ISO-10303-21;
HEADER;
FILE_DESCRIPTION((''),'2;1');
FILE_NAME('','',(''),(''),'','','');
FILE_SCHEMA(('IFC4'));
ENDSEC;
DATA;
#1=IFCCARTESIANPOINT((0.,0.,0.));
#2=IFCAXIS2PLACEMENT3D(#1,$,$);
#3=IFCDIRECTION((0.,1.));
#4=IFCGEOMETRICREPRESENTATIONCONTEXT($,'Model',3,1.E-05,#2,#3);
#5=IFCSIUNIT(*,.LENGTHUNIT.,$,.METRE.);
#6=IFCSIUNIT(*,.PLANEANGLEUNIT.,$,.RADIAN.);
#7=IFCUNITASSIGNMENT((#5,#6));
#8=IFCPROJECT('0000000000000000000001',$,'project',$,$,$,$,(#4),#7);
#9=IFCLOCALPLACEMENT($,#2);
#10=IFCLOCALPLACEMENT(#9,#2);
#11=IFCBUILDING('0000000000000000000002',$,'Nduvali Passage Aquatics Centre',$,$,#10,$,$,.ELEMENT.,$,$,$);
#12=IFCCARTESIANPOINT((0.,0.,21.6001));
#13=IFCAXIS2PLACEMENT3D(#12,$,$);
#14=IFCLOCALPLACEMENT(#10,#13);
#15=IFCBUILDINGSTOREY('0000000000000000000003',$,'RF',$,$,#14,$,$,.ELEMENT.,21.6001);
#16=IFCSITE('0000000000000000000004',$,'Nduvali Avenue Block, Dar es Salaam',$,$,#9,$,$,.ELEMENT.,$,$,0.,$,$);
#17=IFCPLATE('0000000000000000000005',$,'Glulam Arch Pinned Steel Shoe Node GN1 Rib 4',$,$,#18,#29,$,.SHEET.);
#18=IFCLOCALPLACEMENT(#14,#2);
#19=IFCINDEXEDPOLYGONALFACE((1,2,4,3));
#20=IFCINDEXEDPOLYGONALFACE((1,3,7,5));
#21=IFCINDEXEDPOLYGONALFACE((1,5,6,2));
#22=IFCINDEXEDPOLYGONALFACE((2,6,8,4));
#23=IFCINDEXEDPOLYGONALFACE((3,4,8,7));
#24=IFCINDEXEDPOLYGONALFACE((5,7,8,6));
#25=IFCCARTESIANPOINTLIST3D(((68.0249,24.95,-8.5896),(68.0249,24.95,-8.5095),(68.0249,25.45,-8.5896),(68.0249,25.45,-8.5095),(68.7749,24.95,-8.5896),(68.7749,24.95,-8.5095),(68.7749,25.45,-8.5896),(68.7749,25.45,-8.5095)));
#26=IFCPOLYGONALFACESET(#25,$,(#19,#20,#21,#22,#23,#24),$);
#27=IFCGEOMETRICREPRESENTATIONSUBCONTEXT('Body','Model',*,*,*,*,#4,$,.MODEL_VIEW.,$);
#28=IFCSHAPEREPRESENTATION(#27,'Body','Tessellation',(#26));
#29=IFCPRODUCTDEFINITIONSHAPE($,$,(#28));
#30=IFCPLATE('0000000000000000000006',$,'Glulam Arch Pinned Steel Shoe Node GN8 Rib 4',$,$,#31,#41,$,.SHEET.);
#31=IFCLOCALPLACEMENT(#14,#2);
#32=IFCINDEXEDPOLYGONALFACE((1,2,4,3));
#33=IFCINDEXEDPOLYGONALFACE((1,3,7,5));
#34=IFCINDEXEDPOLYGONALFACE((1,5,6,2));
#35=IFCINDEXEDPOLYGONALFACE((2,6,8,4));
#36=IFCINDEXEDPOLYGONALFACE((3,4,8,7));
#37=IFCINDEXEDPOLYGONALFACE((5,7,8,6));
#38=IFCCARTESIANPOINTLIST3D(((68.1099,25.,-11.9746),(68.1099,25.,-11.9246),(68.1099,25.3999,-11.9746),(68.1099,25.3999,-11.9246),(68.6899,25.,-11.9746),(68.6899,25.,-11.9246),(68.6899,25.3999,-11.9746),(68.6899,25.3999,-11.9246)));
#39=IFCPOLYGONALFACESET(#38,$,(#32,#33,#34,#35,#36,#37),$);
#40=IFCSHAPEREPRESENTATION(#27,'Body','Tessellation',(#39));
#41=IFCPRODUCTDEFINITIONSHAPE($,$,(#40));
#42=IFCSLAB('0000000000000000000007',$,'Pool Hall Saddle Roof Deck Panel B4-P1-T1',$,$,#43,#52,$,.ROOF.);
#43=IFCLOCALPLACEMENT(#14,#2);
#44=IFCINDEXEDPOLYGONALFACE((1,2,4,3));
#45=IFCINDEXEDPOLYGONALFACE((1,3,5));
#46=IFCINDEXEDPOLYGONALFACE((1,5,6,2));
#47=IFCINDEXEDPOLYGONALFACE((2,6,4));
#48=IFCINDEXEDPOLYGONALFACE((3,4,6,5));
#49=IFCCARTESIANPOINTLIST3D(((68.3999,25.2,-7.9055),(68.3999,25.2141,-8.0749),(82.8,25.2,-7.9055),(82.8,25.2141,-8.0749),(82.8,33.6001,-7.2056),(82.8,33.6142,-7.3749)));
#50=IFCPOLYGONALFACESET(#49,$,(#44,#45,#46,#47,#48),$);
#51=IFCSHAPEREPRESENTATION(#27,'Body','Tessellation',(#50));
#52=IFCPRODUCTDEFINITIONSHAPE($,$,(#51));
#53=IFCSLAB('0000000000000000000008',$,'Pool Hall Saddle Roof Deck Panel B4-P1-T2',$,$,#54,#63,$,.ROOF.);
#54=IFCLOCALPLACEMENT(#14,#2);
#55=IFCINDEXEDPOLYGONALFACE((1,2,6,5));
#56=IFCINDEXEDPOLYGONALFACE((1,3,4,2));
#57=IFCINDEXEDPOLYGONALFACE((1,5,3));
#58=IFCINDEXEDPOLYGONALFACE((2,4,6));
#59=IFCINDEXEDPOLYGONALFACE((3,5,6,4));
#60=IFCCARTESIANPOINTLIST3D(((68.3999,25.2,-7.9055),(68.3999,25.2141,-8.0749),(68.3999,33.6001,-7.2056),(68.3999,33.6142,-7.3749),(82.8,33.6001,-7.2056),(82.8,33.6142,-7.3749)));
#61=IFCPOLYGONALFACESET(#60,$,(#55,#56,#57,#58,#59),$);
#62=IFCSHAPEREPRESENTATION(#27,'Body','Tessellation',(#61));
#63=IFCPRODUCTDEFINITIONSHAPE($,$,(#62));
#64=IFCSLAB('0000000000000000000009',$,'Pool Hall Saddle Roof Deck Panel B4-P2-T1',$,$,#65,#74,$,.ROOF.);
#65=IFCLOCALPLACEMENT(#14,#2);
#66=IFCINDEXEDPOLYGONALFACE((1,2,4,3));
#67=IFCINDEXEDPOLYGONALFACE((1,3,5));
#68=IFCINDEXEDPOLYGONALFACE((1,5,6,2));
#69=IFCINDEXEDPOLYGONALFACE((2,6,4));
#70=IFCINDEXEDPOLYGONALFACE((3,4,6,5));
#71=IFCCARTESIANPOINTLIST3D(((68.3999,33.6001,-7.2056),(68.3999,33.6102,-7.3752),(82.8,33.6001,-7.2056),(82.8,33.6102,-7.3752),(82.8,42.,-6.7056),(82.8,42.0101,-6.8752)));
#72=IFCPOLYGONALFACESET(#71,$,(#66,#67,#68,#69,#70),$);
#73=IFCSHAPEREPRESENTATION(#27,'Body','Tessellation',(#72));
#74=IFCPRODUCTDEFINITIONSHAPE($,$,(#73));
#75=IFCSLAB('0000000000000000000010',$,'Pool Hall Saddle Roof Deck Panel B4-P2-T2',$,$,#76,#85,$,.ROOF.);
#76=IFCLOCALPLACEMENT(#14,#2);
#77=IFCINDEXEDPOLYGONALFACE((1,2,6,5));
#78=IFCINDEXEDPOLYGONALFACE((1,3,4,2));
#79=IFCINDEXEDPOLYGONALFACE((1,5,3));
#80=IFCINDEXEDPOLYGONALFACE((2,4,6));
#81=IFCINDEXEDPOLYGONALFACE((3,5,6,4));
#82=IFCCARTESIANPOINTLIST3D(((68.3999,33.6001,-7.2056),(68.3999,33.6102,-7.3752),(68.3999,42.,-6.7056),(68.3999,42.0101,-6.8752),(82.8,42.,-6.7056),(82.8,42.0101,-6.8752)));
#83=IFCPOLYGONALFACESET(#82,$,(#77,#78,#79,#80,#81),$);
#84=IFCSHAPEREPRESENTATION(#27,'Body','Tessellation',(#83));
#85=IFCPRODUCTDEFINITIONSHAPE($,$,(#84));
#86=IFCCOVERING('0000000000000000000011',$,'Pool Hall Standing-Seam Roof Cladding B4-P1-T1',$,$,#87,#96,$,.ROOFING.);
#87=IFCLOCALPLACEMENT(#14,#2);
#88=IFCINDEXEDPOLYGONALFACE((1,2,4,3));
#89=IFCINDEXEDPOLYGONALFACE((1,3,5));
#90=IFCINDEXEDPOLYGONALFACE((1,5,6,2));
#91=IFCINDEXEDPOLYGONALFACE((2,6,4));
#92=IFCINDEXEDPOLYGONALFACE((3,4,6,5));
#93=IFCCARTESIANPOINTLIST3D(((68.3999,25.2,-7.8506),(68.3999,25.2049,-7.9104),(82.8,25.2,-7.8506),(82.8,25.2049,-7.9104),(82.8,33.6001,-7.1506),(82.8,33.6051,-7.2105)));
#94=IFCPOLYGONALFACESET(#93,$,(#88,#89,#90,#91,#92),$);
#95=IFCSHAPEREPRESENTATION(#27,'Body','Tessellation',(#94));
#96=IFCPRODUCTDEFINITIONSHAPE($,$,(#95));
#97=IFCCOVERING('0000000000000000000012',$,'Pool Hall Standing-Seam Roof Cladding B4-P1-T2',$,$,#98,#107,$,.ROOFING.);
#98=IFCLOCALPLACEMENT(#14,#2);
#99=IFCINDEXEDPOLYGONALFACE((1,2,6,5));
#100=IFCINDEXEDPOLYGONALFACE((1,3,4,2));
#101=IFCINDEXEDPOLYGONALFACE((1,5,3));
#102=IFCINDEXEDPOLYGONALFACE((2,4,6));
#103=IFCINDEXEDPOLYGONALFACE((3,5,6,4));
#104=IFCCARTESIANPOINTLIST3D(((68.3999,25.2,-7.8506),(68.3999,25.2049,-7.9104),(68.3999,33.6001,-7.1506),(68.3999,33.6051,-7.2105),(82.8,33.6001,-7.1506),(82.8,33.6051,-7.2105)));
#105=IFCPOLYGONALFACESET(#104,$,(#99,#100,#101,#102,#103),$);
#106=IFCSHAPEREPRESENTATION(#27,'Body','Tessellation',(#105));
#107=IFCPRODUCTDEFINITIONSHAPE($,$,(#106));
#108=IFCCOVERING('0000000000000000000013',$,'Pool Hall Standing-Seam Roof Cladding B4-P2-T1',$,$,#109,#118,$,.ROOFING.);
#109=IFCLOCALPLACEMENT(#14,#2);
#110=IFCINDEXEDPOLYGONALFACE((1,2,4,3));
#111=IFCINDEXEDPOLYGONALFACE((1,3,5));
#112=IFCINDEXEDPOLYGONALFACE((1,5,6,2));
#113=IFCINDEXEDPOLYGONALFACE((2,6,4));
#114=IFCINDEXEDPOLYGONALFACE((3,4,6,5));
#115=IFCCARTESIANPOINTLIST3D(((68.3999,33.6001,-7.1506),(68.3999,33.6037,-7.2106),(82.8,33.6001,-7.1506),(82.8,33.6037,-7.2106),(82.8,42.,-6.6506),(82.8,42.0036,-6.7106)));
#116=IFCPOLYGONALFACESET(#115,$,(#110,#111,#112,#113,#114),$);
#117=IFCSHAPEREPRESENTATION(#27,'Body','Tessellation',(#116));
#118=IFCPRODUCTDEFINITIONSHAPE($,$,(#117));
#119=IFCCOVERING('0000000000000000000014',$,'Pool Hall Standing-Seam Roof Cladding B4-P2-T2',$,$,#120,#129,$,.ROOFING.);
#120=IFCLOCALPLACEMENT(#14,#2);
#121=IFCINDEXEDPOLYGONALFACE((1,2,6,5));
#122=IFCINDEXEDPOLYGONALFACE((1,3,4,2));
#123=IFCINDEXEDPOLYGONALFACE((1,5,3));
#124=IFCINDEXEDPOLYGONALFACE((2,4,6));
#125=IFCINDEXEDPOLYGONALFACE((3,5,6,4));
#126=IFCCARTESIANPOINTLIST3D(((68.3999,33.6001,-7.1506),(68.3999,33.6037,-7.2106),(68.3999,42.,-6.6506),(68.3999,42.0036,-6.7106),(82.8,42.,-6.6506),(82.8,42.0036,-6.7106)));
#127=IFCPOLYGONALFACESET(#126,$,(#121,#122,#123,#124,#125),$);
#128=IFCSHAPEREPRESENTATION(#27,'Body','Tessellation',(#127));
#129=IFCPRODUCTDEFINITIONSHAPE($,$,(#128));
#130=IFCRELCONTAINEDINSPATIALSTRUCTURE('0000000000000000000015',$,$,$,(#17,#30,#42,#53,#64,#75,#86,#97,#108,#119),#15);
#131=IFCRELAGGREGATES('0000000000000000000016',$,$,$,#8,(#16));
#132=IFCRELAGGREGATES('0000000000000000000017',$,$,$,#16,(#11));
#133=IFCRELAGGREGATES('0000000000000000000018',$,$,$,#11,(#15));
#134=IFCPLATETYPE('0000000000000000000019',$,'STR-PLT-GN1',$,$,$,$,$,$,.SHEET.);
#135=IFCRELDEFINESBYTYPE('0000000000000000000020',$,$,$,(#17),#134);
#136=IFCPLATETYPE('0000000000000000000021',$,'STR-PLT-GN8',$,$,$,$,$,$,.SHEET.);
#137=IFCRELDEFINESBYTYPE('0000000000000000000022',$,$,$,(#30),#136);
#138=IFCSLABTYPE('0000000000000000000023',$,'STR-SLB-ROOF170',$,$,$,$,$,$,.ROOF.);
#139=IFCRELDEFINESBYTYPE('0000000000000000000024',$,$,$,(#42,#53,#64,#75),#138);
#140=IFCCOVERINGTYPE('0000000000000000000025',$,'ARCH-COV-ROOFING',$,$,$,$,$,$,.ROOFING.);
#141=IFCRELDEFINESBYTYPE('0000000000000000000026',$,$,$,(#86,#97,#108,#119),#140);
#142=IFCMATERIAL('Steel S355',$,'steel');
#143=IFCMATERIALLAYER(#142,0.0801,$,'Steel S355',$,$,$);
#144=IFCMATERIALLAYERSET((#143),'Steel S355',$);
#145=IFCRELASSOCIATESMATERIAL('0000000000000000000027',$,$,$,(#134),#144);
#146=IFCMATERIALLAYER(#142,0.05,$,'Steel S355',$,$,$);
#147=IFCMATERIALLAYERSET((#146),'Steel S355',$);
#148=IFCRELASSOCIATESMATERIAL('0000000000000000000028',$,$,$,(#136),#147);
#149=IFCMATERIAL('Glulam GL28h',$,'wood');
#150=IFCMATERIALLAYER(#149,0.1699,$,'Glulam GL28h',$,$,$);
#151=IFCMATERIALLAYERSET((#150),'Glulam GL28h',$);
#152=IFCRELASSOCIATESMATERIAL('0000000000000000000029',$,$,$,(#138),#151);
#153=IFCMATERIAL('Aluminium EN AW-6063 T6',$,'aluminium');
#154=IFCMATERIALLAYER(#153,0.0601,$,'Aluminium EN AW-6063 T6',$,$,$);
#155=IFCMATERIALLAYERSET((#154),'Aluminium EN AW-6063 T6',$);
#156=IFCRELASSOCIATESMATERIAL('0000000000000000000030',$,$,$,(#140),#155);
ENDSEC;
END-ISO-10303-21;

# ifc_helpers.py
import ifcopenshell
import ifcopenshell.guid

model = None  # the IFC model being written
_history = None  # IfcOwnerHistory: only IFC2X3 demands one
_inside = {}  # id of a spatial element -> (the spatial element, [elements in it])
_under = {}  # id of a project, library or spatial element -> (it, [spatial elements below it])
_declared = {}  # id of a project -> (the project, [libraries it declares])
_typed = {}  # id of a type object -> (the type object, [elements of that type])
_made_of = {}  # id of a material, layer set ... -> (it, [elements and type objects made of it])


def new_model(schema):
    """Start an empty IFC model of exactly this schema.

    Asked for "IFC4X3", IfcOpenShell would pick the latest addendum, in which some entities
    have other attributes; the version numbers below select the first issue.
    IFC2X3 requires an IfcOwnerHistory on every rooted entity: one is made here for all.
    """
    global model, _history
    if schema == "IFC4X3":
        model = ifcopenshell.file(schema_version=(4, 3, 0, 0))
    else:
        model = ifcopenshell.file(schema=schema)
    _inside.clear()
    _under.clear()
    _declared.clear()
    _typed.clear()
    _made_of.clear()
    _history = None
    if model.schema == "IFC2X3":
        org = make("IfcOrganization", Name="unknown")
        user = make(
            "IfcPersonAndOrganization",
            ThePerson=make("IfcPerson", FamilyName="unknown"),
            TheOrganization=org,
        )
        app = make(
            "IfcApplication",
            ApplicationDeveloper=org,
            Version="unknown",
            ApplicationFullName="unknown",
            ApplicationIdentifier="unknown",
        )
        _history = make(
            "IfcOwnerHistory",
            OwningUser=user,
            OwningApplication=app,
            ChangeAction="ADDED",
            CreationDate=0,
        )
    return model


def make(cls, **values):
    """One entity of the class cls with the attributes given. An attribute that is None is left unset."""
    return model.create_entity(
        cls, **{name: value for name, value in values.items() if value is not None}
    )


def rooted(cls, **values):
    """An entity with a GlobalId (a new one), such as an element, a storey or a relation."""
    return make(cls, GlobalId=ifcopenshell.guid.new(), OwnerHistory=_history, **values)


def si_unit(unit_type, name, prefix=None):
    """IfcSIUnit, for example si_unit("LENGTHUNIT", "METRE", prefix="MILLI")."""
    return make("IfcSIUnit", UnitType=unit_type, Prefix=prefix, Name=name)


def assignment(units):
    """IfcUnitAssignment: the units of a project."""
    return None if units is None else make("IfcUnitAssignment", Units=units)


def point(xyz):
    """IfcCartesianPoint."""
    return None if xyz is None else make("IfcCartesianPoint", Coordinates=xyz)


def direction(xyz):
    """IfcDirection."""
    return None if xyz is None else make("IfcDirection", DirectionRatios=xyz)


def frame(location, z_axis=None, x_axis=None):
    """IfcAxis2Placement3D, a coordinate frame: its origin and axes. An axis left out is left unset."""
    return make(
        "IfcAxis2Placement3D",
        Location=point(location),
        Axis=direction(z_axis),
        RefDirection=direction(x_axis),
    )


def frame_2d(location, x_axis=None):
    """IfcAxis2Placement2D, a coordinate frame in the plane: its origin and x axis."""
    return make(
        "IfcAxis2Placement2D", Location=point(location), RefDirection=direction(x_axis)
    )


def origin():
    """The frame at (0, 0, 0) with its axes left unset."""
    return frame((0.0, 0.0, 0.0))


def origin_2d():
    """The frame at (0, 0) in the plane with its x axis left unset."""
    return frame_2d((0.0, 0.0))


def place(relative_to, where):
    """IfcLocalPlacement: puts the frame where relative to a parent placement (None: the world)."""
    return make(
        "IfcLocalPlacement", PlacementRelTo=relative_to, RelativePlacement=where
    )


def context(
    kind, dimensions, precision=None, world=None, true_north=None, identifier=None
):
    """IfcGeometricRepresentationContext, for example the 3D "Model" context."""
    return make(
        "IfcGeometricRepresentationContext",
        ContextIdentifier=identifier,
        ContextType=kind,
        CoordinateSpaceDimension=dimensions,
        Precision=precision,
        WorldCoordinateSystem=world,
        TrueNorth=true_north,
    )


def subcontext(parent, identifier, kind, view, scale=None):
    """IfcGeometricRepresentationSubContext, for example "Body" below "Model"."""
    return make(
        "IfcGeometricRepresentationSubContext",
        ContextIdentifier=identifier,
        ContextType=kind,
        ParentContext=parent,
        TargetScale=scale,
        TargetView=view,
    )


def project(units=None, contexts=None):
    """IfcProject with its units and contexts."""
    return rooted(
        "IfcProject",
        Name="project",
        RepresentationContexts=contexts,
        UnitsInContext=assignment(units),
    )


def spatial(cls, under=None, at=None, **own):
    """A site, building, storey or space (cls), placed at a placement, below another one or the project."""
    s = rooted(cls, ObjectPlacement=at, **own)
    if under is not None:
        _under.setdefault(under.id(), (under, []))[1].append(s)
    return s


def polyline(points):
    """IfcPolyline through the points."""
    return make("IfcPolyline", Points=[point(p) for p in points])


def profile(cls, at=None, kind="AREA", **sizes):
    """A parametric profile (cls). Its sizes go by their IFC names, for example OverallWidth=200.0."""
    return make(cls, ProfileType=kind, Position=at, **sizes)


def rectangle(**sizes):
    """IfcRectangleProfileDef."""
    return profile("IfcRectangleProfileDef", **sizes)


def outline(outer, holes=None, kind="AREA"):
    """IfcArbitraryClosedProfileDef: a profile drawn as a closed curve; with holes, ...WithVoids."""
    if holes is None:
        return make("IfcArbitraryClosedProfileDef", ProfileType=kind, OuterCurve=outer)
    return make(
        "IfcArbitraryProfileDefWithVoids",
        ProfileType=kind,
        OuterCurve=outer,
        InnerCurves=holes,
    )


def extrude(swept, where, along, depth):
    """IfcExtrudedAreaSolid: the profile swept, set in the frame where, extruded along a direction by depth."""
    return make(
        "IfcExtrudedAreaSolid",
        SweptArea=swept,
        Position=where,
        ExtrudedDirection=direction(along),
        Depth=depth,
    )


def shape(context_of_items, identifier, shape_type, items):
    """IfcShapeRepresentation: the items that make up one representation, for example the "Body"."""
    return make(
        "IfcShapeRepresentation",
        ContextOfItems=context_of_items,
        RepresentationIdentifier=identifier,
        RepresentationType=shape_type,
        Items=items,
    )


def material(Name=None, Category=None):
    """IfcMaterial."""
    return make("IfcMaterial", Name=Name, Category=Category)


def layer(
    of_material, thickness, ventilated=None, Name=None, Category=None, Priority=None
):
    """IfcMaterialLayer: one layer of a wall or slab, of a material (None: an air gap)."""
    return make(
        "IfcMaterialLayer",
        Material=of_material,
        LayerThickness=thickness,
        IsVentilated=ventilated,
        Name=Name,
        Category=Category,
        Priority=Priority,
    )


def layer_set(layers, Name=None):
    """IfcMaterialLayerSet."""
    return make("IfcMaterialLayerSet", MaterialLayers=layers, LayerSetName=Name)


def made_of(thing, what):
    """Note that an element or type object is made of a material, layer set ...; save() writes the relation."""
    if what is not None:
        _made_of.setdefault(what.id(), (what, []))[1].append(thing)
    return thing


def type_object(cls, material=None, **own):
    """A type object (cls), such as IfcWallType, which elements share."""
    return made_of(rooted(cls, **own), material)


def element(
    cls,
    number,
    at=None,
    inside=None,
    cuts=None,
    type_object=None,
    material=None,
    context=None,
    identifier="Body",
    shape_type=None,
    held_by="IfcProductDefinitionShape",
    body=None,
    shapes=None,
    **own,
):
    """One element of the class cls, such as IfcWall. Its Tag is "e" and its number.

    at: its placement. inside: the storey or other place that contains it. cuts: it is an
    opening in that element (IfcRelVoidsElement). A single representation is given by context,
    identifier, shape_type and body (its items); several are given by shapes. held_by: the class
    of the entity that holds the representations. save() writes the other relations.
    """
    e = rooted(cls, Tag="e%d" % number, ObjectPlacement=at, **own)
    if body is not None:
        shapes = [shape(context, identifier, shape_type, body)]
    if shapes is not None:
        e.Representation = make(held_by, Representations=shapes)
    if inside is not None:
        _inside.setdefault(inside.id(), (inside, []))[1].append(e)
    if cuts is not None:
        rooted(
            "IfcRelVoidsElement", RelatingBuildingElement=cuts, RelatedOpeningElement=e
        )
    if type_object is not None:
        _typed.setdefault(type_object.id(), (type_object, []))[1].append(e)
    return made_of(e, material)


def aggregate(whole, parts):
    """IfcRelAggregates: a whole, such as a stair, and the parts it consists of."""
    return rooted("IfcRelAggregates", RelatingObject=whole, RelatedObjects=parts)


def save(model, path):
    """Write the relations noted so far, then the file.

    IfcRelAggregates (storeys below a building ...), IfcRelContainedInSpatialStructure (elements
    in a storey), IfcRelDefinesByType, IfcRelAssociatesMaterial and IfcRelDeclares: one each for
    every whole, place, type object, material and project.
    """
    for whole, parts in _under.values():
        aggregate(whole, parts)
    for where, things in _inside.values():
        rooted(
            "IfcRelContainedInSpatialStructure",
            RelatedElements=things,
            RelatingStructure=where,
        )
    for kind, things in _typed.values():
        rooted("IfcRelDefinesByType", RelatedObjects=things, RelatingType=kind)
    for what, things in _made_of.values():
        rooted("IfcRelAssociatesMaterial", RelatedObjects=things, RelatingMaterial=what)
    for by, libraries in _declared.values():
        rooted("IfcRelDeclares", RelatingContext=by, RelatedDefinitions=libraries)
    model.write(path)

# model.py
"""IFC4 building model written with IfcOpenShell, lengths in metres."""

from ifc_helpers import new_model, si_unit, direction, frame, origin, origin_2d, place, context, subcontext, project, spatial, polyline, rectangle, outline, extrude, material, layer, layer_set, type_object, element, save


model = new_model("IFC4")

# Units and contexts
model_context = context("Model", 3, precision=1e-05, world=origin(), true_north=direction((0.0, 1.0)))
body_context = subcontext(model_context, "Body", "Model", "MODEL_VIEW")
ifc_project = project(units=[si_unit("LENGTHUNIT", "METRE"), si_unit("PLANEANGLEUNIT", "RADIAN")], contexts=[model_context])

# Site, building, storey
site_placement = place(None, origin())
site = spatial("IfcSite", under=ifc_project, at=site_placement, Name="Nduvali Avenue Block, Dar es Salaam", CompositionType="ELEMENT", RefElevation=0.0)
building_placement = place(site_placement, origin())
building = spatial("IfcBuilding", under=site, at=building_placement, Name="Nduvali Passage Aquatics Centre", CompositionType="ELEMENT")
storey_placement = place(building_placement, frame((0.0, 0.0, 21.6001)))
storey = spatial("IfcBuildingStorey", under=building, at=storey_placement, Name="RF", CompositionType="ELEMENT", Elevation=21.6001)

# Shared definitions
ifc_material_1 = material(Name="Steel S355", Category="steel")
ifc_material_2 = material(Name="Glulam GL28h", Category="wood")

# Plates
ifc_layer_1 = layer(ifc_material_1, 0.0801, Name="Steel S355")
ifc_layer_set_1 = layer_set([ifc_layer_1], Name="Steel S355")
plate_type_1 = type_object("IfcPlateType", Name="STR-PLT-GN1", PredefinedType="SHEET", material=ifc_layer_set_1)
plate_1_placement = place(storey_placement, frame((68.3999, 25.2, -8.5896), z_axis=(0.0, 0.0, 1.0), x_axis=(1.0, 0.0, 0.0)))
element("IfcPlate", 1, at=plate_1_placement, inside=storey, type_object=plate_type_1, Name="Glulam Arch Pinned Steel Shoe Node GN1 Rib 4", PredefinedType="SHEET", context=body_context, shape_type="SweptSolid", body=[
    extrude(rectangle(XDim=0.75, YDim=0.5, at=origin_2d()), origin(), (0.0, 0.0, 1.0), 0.0801),
])
ifc_layer_2 = layer(ifc_material_1, 0.05, Name="Steel S355")
ifc_layer_set_2 = layer_set([ifc_layer_2], Name="Steel S355")
plate_type_2 = type_object("IfcPlateType", Name="STR-PLT-GN8", PredefinedType="SHEET", material=ifc_layer_set_2)
plate_2_placement = place(storey_placement, frame((68.3999, 25.2, -11.9746), z_axis=(0.0, 0.0, 1.0), x_axis=(1.0, 0.0, 0.0)))
element("IfcPlate", 2, at=plate_2_placement, inside=storey, type_object=plate_type_2, Name="Glulam Arch Pinned Steel Shoe Node GN8 Rib 4", PredefinedType="SHEET", context=body_context, shape_type="SweptSolid", body=[
    extrude(rectangle(XDim=0.5801, YDim=0.3999, at=origin_2d()), origin(), (0.0, 0.0, 1.0), 0.05),
])

# Slabs
ifc_layer_3 = layer(ifc_material_2, 0.1699, Name="Glulam GL28h")
ifc_layer_set_3 = layer_set([ifc_layer_3], Name="Glulam GL28h")
slab_type = type_object("IfcSlabType", Name="STR-SLB-ROOF170", PredefinedType="ROOF", material=ifc_layer_set_3)
slab_1_placement = place(storey_placement, frame((68.3999, 25.2, -7.9055), z_axis=(0.0, -0.083038, 0.996546), x_axis=(1.0, 0.0, 0.0)))
element("IfcSlab", 3, at=slab_1_placement, inside=storey, type_object=slab_type, Name="Pool Hall Saddle Roof Deck Panel B4-P1-T1", PredefinedType="ROOF", context=body_context, shape_type="SweptSolid", body=[
    extrude(outline(polyline([(0.0, 0.0), (14.4001, 0.0), (14.4001, 8.4293), (0.0, 0.0)])), origin(), (0.0, 0.0, -1.0), 0.1699),
])
slab_2_placement = place(storey_placement, frame((68.3999, 25.2, -7.9055), z_axis=(0.0, -0.083038, 0.996546), x_axis=(0.863017, 0.50343, 0.041949)))
element("IfcSlab", 4, at=slab_2_placement, inside=storey, type_object=slab_type, Name="Pool Hall Saddle Roof Deck Panel B4-P1-T2", PredefinedType="ROOF", context=body_context, shape_type="SweptSolid", body=[
    extrude(outline(polyline([(0.0, 0.0), (16.6858, 0.0), (4.2582, 7.2746), (0.0, 0.0)])), origin(), (0.0, 0.0, -1.0), 0.1699),
])
slab_3_placement = place(storey_placement, frame((68.3999, 33.6001, -7.2056), z_axis=(0.0, -0.059419, 0.998233), x_axis=(1.0, 0.0, 0.0)))
element("IfcSlab", 5, at=slab_3_placement, inside=storey, type_object=slab_type, Name="Pool Hall Saddle Roof Deck Panel B4-P2-T1", PredefinedType="ROOF", context=body_context, shape_type="SweptSolid", body=[
    extrude(outline(polyline([(0.0, 0.0), (14.4001, 0.0), (14.4001, 8.4148), (0.0, 0.0)])), origin(), (0.0, 0.0, -1.0), 0.1699),
])
slab_4_placement = place(storey_placement, frame((68.3999, 33.6001, -7.2056), z_axis=(0.0, -0.059419, 0.998233), x_axis=(0.863395, 0.503636, 0.029979)))
element("IfcSlab", 6, at=slab_4_placement, inside=storey, type_object=slab_type, Name="Pool Hall Saddle Roof Deck Panel B4-P2-T2", PredefinedType="ROOF", context=body_context, shape_type="SweptSolid", body=[
    extrude(outline(polyline([(0.0, 0.0), (16.6785, 0.0), (4.2455, 7.2653), (0.0, 0.0)])), origin(), (0.0, 0.0, -1.0), 0.1699),
])

# Coverings
ifc_material_3 = material(Name="Aluminium EN AW-6063 T6", Category="aluminium")
ifc_layer_4 = layer(ifc_material_3, 0.0601, Name="Aluminium EN AW-6063 T6")
ifc_layer_set_4 = layer_set([ifc_layer_4], Name="Aluminium EN AW-6063 T6")
covering_type = type_object("IfcCoveringType", Name="ARCH-COV-ROOFING", PredefinedType="ROOFING", material=ifc_layer_set_4)
covering_1_placement = place(storey_placement, frame((68.3999, 25.2, -7.8506), z_axis=(0.0, -0.083038, 0.996546), x_axis=(1.0, 0.0, 0.0)))
element("IfcCovering", 7, at=covering_1_placement, inside=storey, type_object=covering_type, Name="Pool Hall Standing-Seam Roof Cladding B4-P1-T1", PredefinedType="ROOFING", context=body_context, shape_type="SweptSolid", body=[
    extrude(outline(polyline([(0.0, 0.0), (14.4001, 0.0), (14.4001, 8.4293), (0.0, 0.0)])), origin(), (0.0, 0.0, -1.0), 0.0601),
])
covering_2_placement = place(storey_placement, frame((68.3999, 25.2, -7.8506), z_axis=(0.0, -0.083038, 0.996546), x_axis=(0.863017, 0.50343, 0.041949)))
element("IfcCovering", 8, at=covering_2_placement, inside=storey, type_object=covering_type, Name="Pool Hall Standing-Seam Roof Cladding B4-P1-T2", PredefinedType="ROOFING", context=body_context, shape_type="SweptSolid", body=[
    extrude(outline(polyline([(0.0, 0.0), (16.6858, 0.0), (4.2582, 7.2746), (0.0, 0.0)])), origin(), (0.0, 0.0, -1.0), 0.0601),
])
covering_3_placement = place(storey_placement, frame((68.3999, 33.6001, -7.1506), z_axis=(0.0, -0.059419, 0.998233), x_axis=(1.0, 0.0, 0.0)))
element("IfcCovering", 9, at=covering_3_placement, inside=storey, type_object=covering_type, Name="Pool Hall Standing-Seam Roof Cladding B4-P2-T1", PredefinedType="ROOFING", context=body_context, shape_type="SweptSolid", body=[
    extrude(outline(polyline([(0.0, 0.0), (14.4001, 0.0), (14.4001, 8.4148), (0.0, 0.0)])), origin(), (0.0, 0.0, -1.0), 0.0601),
])
covering_4_placement = place(storey_placement, frame((68.3999, 33.6001, -7.1506), z_axis=(0.0, -0.059419, 0.998233), x_axis=(0.863395, 0.503636, 0.029979)))
element("IfcCovering", 10, at=covering_4_placement, inside=storey, type_object=covering_type, Name="Pool Hall Standing-Seam Roof Cladding B4-P2-T2", PredefinedType="ROOFING", context=body_context, shape_type="SweptSolid", body=[
    extrude(outline(polyline([(0.0, 0.0), (16.6785, 0.0), (4.2455, 7.2653), (0.0, 0.0)])), origin(), (0.0, 0.0, -1.0), 0.0601),
])

save(model, "model.ifc")
